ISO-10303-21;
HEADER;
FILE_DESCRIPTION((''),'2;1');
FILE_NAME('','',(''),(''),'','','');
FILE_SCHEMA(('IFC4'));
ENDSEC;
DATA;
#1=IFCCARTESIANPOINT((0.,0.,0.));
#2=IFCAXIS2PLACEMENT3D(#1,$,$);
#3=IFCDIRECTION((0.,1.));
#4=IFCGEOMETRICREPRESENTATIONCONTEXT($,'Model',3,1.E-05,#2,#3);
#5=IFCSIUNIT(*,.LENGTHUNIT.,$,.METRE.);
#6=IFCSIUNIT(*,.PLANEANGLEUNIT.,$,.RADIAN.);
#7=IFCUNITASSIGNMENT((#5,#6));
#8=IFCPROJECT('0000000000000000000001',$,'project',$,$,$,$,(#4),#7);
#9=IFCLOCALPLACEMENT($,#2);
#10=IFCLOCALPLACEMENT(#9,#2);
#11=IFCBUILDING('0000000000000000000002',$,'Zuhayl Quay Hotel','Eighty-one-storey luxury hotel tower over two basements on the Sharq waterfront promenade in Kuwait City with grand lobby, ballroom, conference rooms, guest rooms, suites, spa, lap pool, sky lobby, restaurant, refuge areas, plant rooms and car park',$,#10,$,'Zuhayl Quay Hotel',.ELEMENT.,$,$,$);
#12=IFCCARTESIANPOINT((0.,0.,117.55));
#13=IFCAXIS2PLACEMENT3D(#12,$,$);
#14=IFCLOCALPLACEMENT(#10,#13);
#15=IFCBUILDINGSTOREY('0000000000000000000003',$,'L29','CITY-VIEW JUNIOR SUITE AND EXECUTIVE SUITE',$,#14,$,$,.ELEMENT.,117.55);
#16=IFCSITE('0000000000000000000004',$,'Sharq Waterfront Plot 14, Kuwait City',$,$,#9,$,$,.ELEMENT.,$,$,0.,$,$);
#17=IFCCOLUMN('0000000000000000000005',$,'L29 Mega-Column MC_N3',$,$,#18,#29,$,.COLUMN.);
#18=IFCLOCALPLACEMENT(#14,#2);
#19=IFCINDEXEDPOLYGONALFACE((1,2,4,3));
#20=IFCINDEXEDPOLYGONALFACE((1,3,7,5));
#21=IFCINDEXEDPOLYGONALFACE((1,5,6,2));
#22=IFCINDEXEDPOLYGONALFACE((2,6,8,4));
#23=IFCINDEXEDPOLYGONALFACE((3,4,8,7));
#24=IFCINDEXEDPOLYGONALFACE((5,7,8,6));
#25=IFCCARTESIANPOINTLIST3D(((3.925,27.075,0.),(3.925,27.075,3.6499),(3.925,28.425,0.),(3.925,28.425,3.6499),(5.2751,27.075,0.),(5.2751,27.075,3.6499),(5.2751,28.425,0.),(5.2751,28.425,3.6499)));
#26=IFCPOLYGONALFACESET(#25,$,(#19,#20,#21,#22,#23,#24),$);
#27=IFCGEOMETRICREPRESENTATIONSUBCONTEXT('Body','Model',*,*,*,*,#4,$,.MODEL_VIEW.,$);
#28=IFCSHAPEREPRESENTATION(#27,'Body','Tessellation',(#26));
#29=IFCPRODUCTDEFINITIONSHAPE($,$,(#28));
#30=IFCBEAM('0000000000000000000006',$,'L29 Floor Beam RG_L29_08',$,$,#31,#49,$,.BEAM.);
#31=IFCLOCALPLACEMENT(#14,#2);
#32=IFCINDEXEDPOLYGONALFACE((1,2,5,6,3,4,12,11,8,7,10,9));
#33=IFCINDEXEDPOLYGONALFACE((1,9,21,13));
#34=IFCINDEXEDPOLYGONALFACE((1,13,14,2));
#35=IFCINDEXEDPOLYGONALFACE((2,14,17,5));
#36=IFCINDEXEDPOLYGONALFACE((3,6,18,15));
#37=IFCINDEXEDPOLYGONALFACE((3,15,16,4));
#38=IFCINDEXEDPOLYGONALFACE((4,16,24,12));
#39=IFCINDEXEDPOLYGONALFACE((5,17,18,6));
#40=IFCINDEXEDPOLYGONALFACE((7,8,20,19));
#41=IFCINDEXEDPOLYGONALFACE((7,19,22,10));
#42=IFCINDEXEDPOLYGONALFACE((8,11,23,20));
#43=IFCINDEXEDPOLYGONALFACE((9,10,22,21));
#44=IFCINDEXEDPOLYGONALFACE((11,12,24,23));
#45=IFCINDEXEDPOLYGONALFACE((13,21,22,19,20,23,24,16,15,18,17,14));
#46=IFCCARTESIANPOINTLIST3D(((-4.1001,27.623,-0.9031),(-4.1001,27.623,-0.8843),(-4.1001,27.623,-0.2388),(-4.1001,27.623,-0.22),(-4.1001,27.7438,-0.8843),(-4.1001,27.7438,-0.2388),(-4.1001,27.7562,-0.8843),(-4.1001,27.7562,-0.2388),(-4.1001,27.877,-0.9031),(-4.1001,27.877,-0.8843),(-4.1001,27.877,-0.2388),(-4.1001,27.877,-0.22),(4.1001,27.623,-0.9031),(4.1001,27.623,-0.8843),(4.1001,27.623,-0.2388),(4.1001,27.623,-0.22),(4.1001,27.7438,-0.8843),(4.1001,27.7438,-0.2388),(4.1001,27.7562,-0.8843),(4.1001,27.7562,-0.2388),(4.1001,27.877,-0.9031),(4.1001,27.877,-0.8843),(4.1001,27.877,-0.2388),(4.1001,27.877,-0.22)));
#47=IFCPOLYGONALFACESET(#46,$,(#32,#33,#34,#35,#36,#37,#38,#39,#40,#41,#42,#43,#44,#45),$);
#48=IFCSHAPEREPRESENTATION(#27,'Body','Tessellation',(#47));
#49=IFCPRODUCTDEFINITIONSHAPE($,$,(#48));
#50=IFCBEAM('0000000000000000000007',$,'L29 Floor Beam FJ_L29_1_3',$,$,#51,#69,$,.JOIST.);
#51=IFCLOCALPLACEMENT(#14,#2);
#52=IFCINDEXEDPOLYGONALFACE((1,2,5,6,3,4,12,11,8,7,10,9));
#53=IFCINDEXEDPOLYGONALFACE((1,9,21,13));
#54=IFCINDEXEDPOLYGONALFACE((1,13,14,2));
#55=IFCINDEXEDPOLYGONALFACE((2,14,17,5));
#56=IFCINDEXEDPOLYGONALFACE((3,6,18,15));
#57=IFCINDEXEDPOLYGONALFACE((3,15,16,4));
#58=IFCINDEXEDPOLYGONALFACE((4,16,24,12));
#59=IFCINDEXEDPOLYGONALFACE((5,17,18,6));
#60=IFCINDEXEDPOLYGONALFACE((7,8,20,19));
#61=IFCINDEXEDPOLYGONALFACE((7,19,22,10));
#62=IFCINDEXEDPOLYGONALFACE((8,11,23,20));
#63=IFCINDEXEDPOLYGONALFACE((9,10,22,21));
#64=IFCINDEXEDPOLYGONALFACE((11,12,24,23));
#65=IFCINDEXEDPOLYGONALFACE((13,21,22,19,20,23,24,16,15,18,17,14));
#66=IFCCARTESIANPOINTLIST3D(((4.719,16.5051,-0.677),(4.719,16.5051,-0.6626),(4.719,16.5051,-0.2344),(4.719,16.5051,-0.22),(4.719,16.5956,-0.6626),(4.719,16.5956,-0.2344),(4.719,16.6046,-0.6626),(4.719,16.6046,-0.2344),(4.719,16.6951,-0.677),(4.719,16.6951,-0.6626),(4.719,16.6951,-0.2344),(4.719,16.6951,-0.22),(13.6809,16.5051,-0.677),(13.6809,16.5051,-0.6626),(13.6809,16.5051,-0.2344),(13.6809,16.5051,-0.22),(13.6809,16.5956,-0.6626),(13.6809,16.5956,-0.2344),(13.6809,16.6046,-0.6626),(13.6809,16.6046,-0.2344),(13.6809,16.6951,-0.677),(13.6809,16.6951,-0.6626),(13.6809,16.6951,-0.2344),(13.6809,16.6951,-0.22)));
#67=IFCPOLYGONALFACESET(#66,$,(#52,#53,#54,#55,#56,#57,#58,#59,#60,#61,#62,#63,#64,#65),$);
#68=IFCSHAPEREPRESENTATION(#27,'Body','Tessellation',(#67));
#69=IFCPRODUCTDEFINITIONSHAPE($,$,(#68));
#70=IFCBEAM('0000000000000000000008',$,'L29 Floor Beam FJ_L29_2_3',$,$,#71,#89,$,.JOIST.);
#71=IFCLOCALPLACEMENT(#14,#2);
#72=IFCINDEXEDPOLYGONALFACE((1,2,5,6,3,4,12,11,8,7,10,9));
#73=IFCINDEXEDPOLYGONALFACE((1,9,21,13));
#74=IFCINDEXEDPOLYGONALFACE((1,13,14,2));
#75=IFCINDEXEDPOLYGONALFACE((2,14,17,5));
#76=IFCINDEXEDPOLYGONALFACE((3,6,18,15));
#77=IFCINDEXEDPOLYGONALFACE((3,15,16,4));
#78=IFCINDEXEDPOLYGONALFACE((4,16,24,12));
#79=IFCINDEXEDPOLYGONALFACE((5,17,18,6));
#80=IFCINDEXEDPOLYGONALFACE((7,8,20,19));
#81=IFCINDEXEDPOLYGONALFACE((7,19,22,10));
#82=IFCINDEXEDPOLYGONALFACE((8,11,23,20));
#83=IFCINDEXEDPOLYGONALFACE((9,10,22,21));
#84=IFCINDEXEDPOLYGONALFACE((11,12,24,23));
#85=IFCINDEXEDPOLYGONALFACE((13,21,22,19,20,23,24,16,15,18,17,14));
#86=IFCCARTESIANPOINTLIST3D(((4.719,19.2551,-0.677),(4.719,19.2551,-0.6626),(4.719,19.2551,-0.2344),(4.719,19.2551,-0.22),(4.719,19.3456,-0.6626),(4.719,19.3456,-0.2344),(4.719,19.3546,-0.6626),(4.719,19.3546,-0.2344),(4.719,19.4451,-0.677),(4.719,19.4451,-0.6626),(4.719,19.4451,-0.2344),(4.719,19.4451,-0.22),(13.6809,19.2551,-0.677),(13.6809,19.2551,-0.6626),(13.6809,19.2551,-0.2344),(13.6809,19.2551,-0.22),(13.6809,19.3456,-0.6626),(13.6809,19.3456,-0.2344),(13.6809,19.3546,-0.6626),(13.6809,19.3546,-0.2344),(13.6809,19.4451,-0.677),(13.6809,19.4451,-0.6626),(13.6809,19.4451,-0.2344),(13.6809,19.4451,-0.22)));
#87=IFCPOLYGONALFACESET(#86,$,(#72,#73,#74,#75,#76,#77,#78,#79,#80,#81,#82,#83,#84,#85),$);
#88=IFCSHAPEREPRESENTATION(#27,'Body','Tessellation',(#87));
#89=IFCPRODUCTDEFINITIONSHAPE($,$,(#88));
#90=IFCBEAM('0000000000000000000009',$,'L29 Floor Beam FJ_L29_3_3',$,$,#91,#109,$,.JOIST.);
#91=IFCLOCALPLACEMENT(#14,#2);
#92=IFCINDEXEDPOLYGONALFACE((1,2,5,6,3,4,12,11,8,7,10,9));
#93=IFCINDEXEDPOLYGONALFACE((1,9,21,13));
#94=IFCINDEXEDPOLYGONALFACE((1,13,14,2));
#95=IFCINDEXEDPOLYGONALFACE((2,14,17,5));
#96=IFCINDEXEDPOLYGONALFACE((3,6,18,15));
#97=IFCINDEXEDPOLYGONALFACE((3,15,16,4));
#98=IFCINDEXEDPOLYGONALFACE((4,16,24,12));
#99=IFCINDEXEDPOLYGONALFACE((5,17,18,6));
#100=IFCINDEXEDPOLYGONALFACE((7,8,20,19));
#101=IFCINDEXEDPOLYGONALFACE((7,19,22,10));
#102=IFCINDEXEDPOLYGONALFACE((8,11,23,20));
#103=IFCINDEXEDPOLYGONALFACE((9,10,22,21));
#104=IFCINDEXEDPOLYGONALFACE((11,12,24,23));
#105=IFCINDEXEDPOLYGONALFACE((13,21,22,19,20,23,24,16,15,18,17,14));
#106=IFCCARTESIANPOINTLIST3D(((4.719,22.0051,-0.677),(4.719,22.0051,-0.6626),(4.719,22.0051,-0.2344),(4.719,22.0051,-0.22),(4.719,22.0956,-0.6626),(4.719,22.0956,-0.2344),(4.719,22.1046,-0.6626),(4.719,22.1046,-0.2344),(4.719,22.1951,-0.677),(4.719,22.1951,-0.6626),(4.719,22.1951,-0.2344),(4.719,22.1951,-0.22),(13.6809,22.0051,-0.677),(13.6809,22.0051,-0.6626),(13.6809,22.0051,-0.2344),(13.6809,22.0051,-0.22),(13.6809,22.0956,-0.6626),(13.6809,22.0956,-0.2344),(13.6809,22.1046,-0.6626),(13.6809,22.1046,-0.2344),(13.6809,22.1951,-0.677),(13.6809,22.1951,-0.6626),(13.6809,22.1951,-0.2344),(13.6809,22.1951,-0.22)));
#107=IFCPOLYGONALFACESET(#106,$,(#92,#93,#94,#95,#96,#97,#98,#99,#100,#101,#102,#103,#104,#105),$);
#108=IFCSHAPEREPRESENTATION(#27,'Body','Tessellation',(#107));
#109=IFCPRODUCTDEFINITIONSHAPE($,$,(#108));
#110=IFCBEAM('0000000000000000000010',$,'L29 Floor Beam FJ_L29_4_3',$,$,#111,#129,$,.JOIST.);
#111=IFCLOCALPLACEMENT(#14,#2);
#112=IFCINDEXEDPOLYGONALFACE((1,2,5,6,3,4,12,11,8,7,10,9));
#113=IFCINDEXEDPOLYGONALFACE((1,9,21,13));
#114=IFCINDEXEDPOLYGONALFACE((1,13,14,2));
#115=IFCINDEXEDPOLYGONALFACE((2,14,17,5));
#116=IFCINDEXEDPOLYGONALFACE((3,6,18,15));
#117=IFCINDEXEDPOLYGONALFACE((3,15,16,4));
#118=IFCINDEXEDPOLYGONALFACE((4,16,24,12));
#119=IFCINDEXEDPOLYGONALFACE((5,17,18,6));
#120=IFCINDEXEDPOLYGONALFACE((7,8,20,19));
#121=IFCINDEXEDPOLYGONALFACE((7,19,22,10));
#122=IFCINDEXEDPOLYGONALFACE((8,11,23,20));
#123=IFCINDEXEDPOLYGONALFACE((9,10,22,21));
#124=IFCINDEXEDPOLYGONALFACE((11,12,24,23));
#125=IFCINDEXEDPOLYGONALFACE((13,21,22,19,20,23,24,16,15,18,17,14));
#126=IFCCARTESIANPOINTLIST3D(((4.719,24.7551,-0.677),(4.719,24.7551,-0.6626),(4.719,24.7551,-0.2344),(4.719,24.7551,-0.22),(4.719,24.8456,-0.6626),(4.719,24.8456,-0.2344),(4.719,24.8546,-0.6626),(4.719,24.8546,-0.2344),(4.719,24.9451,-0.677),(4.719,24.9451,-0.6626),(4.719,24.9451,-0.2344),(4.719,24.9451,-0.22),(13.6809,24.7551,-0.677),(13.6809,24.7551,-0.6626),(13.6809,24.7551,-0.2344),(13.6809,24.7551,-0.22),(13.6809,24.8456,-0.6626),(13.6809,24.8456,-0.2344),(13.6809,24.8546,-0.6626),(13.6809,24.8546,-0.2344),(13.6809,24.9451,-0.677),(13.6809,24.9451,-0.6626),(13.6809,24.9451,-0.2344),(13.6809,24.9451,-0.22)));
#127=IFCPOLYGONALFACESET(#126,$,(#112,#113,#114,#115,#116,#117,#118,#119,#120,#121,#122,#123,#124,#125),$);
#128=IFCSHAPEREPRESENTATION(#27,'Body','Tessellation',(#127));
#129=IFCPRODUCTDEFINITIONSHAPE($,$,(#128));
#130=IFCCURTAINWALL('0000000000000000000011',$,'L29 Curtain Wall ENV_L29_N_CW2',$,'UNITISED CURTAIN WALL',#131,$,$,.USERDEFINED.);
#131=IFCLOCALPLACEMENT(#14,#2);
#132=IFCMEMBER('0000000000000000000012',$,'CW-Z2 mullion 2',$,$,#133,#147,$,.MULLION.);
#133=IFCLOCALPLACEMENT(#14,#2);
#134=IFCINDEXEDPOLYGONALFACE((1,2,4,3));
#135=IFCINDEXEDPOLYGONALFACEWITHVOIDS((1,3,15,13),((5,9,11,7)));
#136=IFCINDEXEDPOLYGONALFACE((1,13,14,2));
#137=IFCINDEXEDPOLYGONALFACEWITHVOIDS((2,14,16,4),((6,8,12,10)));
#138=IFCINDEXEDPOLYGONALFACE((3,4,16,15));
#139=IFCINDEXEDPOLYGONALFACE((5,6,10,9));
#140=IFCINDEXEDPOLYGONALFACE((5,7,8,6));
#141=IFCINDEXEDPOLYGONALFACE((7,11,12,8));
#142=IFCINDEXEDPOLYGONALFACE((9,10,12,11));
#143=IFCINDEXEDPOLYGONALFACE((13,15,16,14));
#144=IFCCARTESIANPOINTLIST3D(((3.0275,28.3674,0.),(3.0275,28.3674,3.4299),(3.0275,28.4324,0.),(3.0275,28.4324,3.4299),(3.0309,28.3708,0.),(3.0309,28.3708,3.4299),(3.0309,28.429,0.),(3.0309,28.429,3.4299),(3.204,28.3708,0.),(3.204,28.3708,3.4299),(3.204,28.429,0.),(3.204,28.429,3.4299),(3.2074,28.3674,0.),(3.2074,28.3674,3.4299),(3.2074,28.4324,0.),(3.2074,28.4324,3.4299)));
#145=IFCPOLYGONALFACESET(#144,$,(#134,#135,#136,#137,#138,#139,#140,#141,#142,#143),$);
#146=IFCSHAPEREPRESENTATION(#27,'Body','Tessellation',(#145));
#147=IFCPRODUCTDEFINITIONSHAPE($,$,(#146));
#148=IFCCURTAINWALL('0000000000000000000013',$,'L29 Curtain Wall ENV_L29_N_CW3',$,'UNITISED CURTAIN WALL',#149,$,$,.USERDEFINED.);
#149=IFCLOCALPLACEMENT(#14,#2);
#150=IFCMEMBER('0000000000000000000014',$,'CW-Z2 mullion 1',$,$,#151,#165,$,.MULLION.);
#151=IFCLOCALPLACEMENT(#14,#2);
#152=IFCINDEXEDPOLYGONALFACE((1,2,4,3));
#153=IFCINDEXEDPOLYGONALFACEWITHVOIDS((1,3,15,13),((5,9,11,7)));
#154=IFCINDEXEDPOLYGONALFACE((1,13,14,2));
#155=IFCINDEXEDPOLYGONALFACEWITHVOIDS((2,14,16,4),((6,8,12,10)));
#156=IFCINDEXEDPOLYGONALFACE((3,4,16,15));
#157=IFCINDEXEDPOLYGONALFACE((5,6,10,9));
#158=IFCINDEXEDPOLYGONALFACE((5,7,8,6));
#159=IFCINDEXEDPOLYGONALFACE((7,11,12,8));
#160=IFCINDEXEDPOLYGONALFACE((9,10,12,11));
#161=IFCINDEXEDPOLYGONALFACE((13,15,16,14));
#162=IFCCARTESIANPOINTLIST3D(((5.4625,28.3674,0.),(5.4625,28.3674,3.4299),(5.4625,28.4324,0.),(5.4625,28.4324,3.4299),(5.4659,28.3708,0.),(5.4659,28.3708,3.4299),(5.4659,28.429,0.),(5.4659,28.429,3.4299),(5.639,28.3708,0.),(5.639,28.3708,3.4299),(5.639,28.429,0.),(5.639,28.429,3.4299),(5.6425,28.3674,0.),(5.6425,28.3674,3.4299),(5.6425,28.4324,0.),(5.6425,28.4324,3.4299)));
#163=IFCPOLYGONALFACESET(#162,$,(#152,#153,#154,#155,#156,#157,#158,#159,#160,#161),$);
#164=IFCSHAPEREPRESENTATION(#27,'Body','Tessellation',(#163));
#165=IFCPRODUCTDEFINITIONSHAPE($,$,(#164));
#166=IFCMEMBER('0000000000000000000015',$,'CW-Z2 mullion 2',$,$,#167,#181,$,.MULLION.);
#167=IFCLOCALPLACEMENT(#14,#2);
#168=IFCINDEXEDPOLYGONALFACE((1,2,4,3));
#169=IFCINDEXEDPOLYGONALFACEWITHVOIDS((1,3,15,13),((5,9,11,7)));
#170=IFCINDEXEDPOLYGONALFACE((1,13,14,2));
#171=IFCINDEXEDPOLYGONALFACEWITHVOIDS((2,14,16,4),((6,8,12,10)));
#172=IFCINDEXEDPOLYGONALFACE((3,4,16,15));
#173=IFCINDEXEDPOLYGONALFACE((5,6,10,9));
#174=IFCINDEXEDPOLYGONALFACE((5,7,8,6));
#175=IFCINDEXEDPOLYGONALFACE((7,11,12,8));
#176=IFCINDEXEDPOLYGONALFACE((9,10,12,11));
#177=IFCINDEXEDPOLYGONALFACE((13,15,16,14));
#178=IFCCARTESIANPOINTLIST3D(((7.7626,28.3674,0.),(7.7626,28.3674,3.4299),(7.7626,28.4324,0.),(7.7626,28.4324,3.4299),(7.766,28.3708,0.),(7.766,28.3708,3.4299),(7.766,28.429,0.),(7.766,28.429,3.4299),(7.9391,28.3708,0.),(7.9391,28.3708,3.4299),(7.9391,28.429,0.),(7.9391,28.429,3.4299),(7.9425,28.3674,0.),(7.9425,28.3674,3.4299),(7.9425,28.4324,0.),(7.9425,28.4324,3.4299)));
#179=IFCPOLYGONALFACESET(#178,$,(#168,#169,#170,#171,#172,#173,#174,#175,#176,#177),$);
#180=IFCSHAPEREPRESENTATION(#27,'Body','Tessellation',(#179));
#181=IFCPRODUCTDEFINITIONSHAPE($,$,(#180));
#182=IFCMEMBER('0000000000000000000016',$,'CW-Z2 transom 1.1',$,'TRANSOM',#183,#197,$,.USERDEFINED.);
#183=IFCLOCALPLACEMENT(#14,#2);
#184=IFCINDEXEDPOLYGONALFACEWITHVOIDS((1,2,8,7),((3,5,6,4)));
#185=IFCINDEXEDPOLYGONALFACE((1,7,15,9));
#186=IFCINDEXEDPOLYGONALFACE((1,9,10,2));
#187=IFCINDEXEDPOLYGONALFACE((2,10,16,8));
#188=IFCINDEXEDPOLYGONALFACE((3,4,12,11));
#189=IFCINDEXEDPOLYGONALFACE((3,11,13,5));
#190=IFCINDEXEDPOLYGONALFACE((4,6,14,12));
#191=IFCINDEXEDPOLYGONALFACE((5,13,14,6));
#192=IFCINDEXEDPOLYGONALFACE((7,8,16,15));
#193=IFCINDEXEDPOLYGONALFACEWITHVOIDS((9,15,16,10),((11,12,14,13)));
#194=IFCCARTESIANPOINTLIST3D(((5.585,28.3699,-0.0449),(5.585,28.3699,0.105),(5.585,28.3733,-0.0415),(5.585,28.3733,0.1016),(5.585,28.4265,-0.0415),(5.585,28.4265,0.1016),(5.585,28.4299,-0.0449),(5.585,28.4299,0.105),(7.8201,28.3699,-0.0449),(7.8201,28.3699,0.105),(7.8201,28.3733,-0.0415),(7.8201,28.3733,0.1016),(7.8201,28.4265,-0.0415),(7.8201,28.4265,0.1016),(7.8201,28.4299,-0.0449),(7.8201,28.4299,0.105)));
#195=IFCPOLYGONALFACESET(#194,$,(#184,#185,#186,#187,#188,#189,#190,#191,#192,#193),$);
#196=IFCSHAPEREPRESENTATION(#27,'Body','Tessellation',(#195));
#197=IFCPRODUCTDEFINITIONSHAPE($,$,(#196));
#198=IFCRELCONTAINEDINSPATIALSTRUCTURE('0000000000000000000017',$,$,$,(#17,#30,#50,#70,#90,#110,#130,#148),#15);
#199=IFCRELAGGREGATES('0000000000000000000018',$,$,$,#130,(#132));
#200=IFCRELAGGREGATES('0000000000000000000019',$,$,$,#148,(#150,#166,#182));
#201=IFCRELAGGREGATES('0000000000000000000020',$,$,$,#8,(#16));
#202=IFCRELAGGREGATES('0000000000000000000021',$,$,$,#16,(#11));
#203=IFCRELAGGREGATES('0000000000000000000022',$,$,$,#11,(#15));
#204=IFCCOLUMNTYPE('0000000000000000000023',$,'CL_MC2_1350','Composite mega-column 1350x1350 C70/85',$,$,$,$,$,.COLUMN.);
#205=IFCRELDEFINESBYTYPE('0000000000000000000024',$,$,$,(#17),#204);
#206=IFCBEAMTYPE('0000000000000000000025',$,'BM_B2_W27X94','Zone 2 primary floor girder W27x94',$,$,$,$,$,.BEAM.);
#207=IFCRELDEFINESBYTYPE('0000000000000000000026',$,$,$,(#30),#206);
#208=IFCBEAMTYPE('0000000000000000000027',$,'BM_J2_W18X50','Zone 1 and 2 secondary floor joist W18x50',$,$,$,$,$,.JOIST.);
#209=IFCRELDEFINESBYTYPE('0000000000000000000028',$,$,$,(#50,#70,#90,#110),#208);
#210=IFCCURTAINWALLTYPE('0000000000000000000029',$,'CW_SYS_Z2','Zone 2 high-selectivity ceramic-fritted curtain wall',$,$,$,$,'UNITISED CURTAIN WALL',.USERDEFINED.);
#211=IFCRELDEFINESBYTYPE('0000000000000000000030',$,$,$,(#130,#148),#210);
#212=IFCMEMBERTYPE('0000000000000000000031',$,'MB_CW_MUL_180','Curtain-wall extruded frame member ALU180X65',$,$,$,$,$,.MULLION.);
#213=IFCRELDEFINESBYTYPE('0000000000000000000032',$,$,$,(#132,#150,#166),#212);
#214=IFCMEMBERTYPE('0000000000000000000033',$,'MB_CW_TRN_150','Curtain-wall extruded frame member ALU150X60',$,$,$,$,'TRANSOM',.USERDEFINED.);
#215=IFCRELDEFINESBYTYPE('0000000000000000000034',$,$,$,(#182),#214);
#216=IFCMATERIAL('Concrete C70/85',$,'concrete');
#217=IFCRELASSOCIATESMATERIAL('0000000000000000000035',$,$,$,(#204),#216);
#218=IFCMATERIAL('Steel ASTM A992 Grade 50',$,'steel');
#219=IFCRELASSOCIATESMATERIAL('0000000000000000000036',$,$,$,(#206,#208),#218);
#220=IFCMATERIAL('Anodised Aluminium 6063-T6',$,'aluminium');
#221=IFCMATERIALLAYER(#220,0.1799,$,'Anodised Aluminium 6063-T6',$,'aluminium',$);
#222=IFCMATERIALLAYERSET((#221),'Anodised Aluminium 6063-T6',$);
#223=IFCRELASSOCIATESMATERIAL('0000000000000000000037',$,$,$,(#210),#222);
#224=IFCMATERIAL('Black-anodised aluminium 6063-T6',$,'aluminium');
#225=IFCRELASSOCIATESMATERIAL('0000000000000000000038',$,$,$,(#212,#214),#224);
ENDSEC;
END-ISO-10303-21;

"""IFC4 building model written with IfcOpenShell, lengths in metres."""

from ifc_helpers import new_model, si_unit, direction, frame, origin, origin_2d, place, context, subcontext, project, spatial, rectangle, hollow_rectangle, i_section, extrude, material, layer, layer_set, material_profile, profile_set, type_object, element, aggregate, save


model = new_model("IFC4")

# Units and contexts
model_context = context("Model", 3, precision=1e-05, world=origin(), true_north=direction((0.0, 1.0)))
body_context = subcontext(model_context, "Body", "Model", "MODEL_VIEW")
ifc_project = project(units=[si_unit("LENGTHUNIT", "METRE"), si_unit("PLANEANGLEUNIT", "RADIAN")], contexts=[model_context])

# Site, building, storey
site_placement = place(None, origin())
site = spatial("IfcSite", under=ifc_project, at=site_placement, Name="Sharq Waterfront Plot 14, Kuwait City", CompositionType="ELEMENT", RefElevation=0.0)
building_placement = place(site_placement, origin())
building = spatial("IfcBuilding", under=site, at=building_placement, Name="Zuhayl Quay Hotel", Description="Eighty-one-storey luxury hotel tower over two basements on the Sharq waterfront promenade in Kuwait City with grand lobby, ballroom, conference rooms, guest rooms, suites, spa, lap pool, sky lobby, restaurant, refuge areas, plant rooms and car park", LongName="Zuhayl Quay Hotel", CompositionType="ELEMENT")
storey_placement = place(building_placement, frame((0.0, 0.0, 117.55)))
storey = spatial("IfcBuildingStorey", under=building, at=storey_placement, Name="L29", Description="CITY-VIEW JUNIOR SUITE AND EXECUTIVE SUITE", CompositionType="ELEMENT", Elevation=117.55)

# Column
ifc_material_1 = material(Name="Concrete C70/85", Category="concrete")
ifc_material_profile_1 = material_profile(ifc_material_1, rectangle(XDim=1.3501, YDim=1.3501, at=origin_2d()), Name="RC1350X1350")
ifc_profile_set_1 = profile_set([ifc_material_profile_1], Name="Concrete C70/85")
column_type = type_object("IfcColumnType", Name="CL_MC2_1350", Description="Composite mega-column 1350x1350 C70/85", PredefinedType="COLUMN", material=ifc_profile_set_1)
column_placement = place(storey_placement, frame((4.6001, 27.75, 0.0), z_axis=(0.0, 0.0, 1.0), x_axis=(1.0, 0.0, 0.0)))
element("IfcColumn", 1, at=column_placement, inside=storey, type_object=column_type, Name="L29 Mega-Column MC_N3", PredefinedType="COLUMN", context=body_context, shape_type="SweptSolid", body=[
    extrude(rectangle(XDim=1.3501, YDim=1.3501, at=origin_2d()), origin(), (0.0, 0.0, 1.0), 3.6499),
])

# Beams
ifc_material_2 = material(Name="Steel ASTM A992 Grade 50", Category="steel")
ifc_material_profile_2 = material_profile(ifc_material_2, i_section(OverallWidth=0.2539, OverallDepth=0.6831, WebThickness=0.0125, FlangeThickness=0.0188, at=origin_2d()), Name="W27X94")
ifc_profile_set_2 = profile_set([ifc_material_profile_2], Name="Steel ASTM A992 Grade 50")
beam_type_1 = type_object("IfcBeamType", Name="BM_B2_W27X94", Description="Zone 2 primary floor girder W27x94", PredefinedType="BEAM", material=ifc_profile_set_2)
beam_placement = place(storey_placement, frame((4.1001, 27.75, -0.5615), z_axis=(-1.0, 0.0, 0.0), x_axis=(0.0, -1.0, 0.0)))
element("IfcBeam", 2, at=beam_placement, inside=storey, type_object=beam_type_1, Name="L29 Floor Beam RG_L29_08", PredefinedType="BEAM", context=body_context, shape_type="SweptSolid", body=[
    extrude(i_section(OverallWidth=0.2539, OverallDepth=0.6831, WebThickness=0.0125, FlangeThickness=0.0188, at=origin_2d()), origin(), (0.0, 0.0, 1.0), 8.2002),
])
ifc_material_profile_3 = material_profile(ifc_material_2, i_section(OverallWidth=0.1899, OverallDepth=0.457, WebThickness=0.009, FlangeThickness=0.0144, at=origin_2d()), Name="W18X50")
ifc_profile_set_3 = profile_set([ifc_material_profile_3], Name="Steel ASTM A992 Grade 50")
beam_type_2 = type_object("IfcBeamType", Name="BM_J2_W18X50", Description="Zone 1 and 2 secondary floor joist W18x50", PredefinedType="JOIST", material=ifc_profile_set_3)
for number, where, z_axis, x_axis, name in (
    (3, (4.719, 16.6001, -0.4485), (1.0, 0.0, 0.0), (0.0, 1.0, 0.0), "L29 Floor Beam FJ_L29_1_3"),
    (4, (4.719, 19.3501, -0.4485), (1.0, 0.0, 0.0), (0.0, 1.0, 0.0), "L29 Floor Beam FJ_L29_2_3"),
    (5, (4.719, 22.1001, -0.4485), (1.0, 0.0, 0.0), (0.0, 1.0, 0.0), "L29 Floor Beam FJ_L29_3_3"),
    (6, (4.719, 24.8501, -0.4485), (1.0, 0.0, 0.0), (0.0, 1.0, 0.0), "L29 Floor Beam FJ_L29_4_3"),
):
    element("IfcBeam", number, at=place(storey_placement, frame(where, z_axis=z_axis, x_axis=x_axis)), inside=storey, type_object=beam_type_2, Name=name, PredefinedType="JOIST", context=body_context, shape_type="SweptSolid", body=[
        extrude(i_section(OverallWidth=0.1899, OverallDepth=0.457, WebThickness=0.009, FlangeThickness=0.0144, at=origin_2d()), origin(), (0.0, 0.0, 1.0), 8.9619),
    ])

# Curtain wall, member
ifc_material_3 = material(Name="Anodised Aluminium 6063-T6", Category="aluminium")
ifc_layer_1 = layer(ifc_material_3, 0.1799, Name="Anodised Aluminium 6063-T6", Category="aluminium")
ifc_layer_set_1 = layer_set([ifc_layer_1], Name="Anodised Aluminium 6063-T6")
curtain_wall_type = type_object("IfcCurtainWallType", Name="CW_SYS_Z2", Description="Zone 2 high-selectivity ceramic-fritted curtain wall", ElementType="UNITISED CURTAIN WALL", PredefinedType="USERDEFINED", material=ifc_layer_set_1)
curtain_wall_1_placement = place(storey_placement, origin())
curtain_wall_1 = element("IfcCurtainWall", 7, at=curtain_wall_1_placement, inside=storey, type_object=curtain_wall_type, Name="L29 Curtain Wall ENV_L29_N_CW2", ObjectType="UNITISED CURTAIN WALL", PredefinedType="USERDEFINED")
ifc_material_4 = material(Name="Black-anodised aluminium 6063-T6", Category="aluminium")
ifc_material_profile_4 = material_profile(ifc_material_4, hollow_rectangle(XDim=0.0649, YDim=0.1799, WallThickness=0.0034, at=origin_2d()), Name="ALU180X65")
ifc_profile_set_4 = profile_set([ifc_material_profile_4], Name="Black-anodised aluminium 6063-T6")
member_type_1 = type_object("IfcMemberType", Name="MB_CW_MUL_180", Description="Curtain-wall extruded frame member ALU180X65", PredefinedType="MULLION", material=ifc_profile_set_4)
member_1_placement = place(storey_placement, frame((3.1174, 28.3999, 0.0), z_axis=(0.0, 0.0, 1.0), x_axis=(0.0, 1.0, 0.0)))
member_1 = element("IfcMember", 8, at=member_1_placement, type_object=member_type_1, Name="CW-Z2 mullion 2", PredefinedType="MULLION", context=body_context, shape_type="SweptSolid", body=[
    extrude(hollow_rectangle(XDim=0.0649, YDim=0.1799, WallThickness=0.0034, at=origin_2d()), origin(), (0.0, 0.0, 1.0), 3.4299),
])
aggregate(curtain_wall_1, [member_1])

# Curtain wall, members
curtain_wall_2_placement = place(storey_placement, origin())
curtain_wall_2 = element("IfcCurtainWall", 9, at=curtain_wall_2_placement, inside=storey, type_object=curtain_wall_type, Name="L29 Curtain Wall ENV_L29_N_CW3", ObjectType="UNITISED CURTAIN WALL", PredefinedType="USERDEFINED")
member_2_placement = place(storey_placement, frame((5.5525, 28.3999, 0.0), z_axis=(0.0, 0.0, 1.0), x_axis=(0.0, 1.0, 0.0)))
member_2 = element("IfcMember", 10, at=member_2_placement, type_object=member_type_1, Name="CW-Z2 mullion 1", PredefinedType="MULLION", context=body_context, shape_type="SweptSolid", body=[
    extrude(hollow_rectangle(XDim=0.0649, YDim=0.1799, WallThickness=0.0034, at=origin_2d()), origin(), (0.0, 0.0, 1.0), 3.4299),
])
member_3_placement = place(storey_placement, frame((7.8525, 28.3999, 0.0), z_axis=(0.0, 0.0, 1.0), x_axis=(0.0, 1.0, 0.0)))
member_3 = element("IfcMember", 11, at=member_3_placement, type_object=member_type_1, Name="CW-Z2 mullion 2", PredefinedType="MULLION", context=body_context, shape_type="SweptSolid", body=[
    extrude(hollow_rectangle(XDim=0.0649, YDim=0.1799, WallThickness=0.0034, at=origin_2d()), origin(), (0.0, 0.0, 1.0), 3.4299),
])
ifc_material_profile_5 = material_profile(ifc_material_4, hollow_rectangle(XDim=0.0601, YDim=0.1499, WallThickness=0.0034, at=origin_2d()), Name="ALU150X60")
ifc_profile_set_5 = profile_set([ifc_material_profile_5], Name="Black-anodised aluminium 6063-T6")
member_type_2 = type_object("IfcMemberType", Name="MB_CW_TRN_150", Description="Curtain-wall extruded frame member ALU150X60", ElementType="TRANSOM", PredefinedType="USERDEFINED", material=ifc_profile_set_5)
member_4_placement = place(storey_placement, frame((5.585, 28.3999, 0.03), z_axis=(1.0, 0.0, 0.0), x_axis=(0.0, 1.0, 0.0)))
member_4 = element("IfcMember", 12, at=member_4_placement, type_object=member_type_2, Name="CW-Z2 transom 1.1", ObjectType="TRANSOM", PredefinedType="USERDEFINED", context=body_context, shape_type="SweptSolid", body=[
    extrude(hollow_rectangle(XDim=0.0601, YDim=0.1499, WallThickness=0.0034, at=origin_2d()), origin(), (0.0, 0.0, 1.0), 2.2351),
])
aggregate(curtain_wall_2, [member_2, member_3, member_4])

save(model, "model.ifc")
